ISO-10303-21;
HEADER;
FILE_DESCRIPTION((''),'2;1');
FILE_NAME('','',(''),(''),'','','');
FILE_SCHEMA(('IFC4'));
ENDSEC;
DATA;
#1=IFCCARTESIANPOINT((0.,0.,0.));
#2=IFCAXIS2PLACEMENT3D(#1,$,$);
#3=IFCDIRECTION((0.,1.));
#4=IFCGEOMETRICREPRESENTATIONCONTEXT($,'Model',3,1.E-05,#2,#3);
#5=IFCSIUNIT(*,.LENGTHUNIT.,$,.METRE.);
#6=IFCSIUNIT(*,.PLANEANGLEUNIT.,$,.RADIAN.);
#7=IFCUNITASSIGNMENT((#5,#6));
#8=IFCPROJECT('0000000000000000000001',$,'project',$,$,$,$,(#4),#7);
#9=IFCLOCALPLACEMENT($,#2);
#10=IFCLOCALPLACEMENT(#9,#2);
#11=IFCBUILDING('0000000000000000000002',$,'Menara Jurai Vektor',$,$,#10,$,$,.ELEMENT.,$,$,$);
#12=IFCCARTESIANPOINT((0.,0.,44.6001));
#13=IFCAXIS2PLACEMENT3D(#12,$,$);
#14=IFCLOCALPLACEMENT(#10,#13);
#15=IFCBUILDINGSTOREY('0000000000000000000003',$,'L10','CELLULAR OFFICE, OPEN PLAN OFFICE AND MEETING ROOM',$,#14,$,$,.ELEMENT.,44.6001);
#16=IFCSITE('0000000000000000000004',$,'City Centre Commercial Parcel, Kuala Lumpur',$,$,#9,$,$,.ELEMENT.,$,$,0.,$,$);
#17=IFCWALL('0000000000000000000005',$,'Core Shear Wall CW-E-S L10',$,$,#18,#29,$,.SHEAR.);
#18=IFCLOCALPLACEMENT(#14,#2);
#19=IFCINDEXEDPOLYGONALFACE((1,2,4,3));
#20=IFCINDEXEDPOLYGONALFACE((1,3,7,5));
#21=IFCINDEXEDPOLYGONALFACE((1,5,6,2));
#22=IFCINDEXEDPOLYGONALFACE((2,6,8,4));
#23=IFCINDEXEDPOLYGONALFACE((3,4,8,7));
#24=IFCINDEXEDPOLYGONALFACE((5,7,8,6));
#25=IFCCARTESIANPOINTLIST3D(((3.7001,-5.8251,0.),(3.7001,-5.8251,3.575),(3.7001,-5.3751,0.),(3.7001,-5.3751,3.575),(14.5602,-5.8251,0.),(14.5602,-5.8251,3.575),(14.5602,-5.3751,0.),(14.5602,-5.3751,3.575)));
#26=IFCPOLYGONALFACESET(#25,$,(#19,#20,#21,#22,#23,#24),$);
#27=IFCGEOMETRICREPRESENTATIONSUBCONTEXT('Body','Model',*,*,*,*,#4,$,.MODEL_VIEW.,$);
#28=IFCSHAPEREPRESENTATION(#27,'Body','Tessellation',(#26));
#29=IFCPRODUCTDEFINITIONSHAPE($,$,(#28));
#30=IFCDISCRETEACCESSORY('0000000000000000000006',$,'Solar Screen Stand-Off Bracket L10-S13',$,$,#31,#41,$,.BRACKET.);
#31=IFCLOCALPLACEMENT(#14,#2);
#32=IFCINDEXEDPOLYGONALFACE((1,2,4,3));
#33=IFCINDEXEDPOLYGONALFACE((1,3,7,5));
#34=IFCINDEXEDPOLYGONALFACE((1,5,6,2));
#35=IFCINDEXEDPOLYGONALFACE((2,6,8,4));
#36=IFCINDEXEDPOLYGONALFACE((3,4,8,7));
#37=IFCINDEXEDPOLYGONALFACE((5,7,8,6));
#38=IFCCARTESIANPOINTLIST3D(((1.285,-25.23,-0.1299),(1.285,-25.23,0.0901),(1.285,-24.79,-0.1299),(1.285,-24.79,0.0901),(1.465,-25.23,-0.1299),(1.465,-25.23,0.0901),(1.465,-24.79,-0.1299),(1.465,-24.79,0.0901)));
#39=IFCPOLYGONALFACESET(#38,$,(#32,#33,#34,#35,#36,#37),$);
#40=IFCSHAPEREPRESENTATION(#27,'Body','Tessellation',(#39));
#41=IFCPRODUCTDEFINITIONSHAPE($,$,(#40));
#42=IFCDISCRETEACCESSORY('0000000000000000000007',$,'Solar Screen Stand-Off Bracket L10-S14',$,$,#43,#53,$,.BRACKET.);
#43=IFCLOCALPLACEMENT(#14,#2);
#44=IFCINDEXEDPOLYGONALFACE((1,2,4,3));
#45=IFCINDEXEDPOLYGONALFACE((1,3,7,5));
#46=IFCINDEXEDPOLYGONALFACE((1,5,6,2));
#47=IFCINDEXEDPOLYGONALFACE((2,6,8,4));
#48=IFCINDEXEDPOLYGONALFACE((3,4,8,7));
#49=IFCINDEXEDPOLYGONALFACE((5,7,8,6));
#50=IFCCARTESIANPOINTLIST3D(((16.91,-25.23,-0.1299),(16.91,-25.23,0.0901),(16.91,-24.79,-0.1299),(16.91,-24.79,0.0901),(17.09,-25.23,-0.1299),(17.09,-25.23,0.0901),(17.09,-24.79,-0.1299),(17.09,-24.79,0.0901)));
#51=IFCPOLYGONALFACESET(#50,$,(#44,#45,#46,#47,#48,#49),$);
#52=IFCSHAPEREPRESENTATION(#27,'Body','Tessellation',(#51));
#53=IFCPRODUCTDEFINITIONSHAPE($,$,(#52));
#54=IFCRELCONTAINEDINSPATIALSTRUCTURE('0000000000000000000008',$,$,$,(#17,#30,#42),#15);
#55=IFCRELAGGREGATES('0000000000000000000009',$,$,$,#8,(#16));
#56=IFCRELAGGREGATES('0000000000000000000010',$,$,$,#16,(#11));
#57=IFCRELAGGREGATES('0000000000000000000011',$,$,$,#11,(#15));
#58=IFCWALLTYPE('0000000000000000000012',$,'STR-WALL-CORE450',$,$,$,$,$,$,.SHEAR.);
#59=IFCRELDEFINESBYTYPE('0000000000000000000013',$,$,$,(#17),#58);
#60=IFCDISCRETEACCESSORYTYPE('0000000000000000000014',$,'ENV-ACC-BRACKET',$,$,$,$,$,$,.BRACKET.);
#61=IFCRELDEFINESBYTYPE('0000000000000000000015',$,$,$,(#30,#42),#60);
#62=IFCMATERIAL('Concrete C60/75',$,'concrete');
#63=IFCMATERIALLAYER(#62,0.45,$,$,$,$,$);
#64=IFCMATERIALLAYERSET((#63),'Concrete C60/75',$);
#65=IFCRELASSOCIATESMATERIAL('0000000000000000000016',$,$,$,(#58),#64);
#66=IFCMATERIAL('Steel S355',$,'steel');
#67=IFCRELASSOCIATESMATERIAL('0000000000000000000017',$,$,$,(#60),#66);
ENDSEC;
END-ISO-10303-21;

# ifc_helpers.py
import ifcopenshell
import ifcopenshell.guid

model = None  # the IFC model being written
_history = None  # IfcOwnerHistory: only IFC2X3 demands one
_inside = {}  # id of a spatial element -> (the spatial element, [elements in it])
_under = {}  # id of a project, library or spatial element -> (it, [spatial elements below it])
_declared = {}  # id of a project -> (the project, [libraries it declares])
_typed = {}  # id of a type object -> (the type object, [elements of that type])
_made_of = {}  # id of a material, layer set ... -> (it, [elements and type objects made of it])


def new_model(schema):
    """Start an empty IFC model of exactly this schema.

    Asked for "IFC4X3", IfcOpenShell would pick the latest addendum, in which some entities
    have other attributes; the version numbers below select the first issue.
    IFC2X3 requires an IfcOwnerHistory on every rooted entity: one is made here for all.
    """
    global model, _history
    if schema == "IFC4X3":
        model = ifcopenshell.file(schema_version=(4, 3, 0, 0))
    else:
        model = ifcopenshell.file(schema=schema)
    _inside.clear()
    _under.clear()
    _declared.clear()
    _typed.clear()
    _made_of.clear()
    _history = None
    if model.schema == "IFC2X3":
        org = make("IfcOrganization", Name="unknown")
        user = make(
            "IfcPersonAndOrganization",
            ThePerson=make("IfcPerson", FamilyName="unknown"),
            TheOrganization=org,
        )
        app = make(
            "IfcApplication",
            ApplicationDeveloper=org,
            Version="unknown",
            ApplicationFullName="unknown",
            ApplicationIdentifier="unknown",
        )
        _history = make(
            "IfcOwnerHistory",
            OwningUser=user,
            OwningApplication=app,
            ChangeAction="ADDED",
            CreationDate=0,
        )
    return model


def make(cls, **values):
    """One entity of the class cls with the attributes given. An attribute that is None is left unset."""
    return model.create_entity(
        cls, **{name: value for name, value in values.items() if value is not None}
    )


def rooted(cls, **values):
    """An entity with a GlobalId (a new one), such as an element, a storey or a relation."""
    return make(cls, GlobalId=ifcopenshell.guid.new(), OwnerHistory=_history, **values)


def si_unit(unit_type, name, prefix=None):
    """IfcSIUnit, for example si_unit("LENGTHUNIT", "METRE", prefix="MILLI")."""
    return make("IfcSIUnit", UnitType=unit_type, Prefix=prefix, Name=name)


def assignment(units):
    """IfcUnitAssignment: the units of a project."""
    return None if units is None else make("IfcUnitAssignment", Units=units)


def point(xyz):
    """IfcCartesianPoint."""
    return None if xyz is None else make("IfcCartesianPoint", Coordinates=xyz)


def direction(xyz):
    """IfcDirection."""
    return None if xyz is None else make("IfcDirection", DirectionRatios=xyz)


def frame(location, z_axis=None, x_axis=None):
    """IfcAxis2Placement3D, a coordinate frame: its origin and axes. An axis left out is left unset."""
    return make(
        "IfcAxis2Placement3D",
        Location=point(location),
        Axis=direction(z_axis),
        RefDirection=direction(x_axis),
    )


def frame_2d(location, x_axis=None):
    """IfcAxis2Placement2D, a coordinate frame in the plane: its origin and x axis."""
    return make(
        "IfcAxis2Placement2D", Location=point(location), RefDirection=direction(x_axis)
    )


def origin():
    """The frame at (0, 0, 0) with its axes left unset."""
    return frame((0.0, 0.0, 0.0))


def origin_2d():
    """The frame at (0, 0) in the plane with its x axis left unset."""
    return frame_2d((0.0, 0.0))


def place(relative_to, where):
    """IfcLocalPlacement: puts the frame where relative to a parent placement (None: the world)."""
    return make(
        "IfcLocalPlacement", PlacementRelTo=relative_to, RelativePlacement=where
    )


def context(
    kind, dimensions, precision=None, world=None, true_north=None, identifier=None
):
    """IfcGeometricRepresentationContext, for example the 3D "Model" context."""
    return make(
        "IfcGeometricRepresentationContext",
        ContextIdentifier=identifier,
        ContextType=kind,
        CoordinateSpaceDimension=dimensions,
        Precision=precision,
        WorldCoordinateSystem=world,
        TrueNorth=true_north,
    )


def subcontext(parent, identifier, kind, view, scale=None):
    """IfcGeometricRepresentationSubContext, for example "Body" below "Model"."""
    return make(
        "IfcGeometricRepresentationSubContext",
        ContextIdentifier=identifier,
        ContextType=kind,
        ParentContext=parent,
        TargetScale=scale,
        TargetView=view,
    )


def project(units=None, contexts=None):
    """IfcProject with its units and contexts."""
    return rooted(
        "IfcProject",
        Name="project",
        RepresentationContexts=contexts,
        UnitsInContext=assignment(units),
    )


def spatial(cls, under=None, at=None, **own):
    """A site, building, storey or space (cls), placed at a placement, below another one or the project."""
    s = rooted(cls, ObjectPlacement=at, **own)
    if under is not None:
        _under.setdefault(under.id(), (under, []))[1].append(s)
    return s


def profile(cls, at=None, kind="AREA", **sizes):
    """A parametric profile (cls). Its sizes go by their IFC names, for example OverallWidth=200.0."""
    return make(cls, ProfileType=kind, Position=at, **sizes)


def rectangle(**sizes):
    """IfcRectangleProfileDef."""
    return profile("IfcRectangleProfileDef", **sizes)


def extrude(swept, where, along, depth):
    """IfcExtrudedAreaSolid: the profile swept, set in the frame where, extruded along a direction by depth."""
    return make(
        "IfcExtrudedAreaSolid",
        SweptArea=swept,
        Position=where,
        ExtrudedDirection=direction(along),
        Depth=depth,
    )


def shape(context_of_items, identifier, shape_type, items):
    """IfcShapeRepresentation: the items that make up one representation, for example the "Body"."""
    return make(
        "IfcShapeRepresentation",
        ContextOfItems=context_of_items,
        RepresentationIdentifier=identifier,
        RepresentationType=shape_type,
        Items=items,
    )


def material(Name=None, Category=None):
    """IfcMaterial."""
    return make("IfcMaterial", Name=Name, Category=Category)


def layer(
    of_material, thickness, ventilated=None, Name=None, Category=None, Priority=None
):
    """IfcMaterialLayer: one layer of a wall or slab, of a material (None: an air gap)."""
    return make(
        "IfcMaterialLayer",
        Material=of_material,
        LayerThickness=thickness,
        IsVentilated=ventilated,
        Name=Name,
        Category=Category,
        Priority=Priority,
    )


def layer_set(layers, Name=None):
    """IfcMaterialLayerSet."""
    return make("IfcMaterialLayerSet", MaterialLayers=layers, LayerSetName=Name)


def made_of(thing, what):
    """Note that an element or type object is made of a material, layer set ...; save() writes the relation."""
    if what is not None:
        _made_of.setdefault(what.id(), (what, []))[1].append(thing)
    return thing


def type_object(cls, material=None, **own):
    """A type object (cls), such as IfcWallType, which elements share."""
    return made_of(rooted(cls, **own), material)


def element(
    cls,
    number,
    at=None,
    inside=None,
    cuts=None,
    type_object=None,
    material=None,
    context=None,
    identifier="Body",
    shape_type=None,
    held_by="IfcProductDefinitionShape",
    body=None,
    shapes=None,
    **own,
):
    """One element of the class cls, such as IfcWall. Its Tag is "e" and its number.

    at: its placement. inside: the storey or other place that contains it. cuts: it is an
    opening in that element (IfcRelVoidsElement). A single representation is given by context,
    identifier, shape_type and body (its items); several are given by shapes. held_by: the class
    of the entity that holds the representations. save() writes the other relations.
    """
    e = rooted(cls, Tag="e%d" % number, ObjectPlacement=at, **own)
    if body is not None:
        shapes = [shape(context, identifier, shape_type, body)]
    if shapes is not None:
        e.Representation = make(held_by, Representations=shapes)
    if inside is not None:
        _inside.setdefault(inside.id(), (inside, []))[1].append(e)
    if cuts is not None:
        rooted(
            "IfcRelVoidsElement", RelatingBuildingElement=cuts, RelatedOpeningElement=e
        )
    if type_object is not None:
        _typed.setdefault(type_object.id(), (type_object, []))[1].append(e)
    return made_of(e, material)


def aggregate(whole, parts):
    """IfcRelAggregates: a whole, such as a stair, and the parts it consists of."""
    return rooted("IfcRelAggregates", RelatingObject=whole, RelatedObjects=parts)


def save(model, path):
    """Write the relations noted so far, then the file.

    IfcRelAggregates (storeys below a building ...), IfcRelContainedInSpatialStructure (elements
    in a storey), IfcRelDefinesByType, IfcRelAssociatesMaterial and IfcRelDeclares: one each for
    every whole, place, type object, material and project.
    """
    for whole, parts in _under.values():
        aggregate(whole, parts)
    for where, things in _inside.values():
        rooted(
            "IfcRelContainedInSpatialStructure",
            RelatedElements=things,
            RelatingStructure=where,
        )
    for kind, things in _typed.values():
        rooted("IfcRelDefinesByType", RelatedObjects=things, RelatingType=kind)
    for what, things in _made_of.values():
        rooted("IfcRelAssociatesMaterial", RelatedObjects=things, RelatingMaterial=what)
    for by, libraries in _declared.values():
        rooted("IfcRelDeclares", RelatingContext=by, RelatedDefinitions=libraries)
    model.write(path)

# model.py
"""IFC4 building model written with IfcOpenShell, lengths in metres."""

from ifc_helpers import new_model, si_unit, direction, frame, frame_2d, origin, origin_2d, place, context, subcontext, project, spatial, rectangle, extrude, material, layer, layer_set, type_object, element, save


model = new_model("IFC4")

# Units and contexts
model_context = context("Model", 3, precision=1e-05, world=origin(), true_north=direction((0.0, 1.0)))
body_context = subcontext(model_context, "Body", "Model", "MODEL_VIEW")
ifc_project = project(units=[si_unit("LENGTHUNIT", "METRE"), si_unit("PLANEANGLEUNIT", "RADIAN")], contexts=[model_context])

# Site, building, storey
site_placement = place(None, origin())
site = spatial("IfcSite", under=ifc_project, at=site_placement, Name="City Centre Commercial Parcel, Kuala Lumpur", CompositionType="ELEMENT", RefElevation=0.0)
building_placement = place(site_placement, origin())
building = spatial("IfcBuilding", under=site, at=building_placement, Name="Menara Jurai Vektor", CompositionType="ELEMENT")
storey_placement = place(building_placement, frame((0.0, 0.0, 44.6001)))
storey = spatial("IfcBuildingStorey", under=building, at=storey_placement, Name="L10", Description="CELLULAR OFFICE, OPEN PLAN OFFICE AND MEETING ROOM", CompositionType="ELEMENT", Elevation=44.6001)

# Shared definitions
ifc_material_1 = material(Name="Concrete C60/75", Category="concrete")

# Shared definitions
ifc_material_2 = material(Name="Steel S355", Category="steel")

# Wall
ifc_layer_1 = layer(ifc_material_1, 0.45)
ifc_layer_set_1 = layer_set([ifc_layer_1], Name="Concrete C60/75")
wall_type_1 = type_object("IfcWallType", Name="STR-WALL-CORE450", PredefinedType="SHEAR", material=ifc_layer_set_1)
wall_1_placement = place(storey_placement, frame((3.7, -5.6001, 0.0), z_axis=(0.0, 0.0, 1.0), x_axis=(1.0, 0.0, 0.0)))
element("IfcWall", 1, at=wall_1_placement, inside=storey, type_object=wall_type_1, Name="Core Shear Wall CW-E-S L10", PredefinedType="SHEAR", context=body_context, shape_type="SweptSolid", body=[
    extrude(rectangle(XDim=10.8601, YDim=0.45, at=frame_2d((5.4302, 0.0))), origin(), (0.0, 0.0, 1.0), 3.575),
])

# Discrete accessories
discrete_accessory_type = type_object("IfcDiscreteAccessoryType", Name="ENV-ACC-BRACKET", PredefinedType="BRACKET", material=ifc_material_2)
for number, where, z_axis, x_axis, name in (
    (2, (1.375, -25.01, -0.1299), (0.0, 0.0, 1.0), (1.0, 0.0, 0.0), "Solar Screen Stand-Off Bracket L10-S13"),
    (3, (17.0, -25.01, -0.1299), (0.0, 0.0, 1.0), (1.0, 0.0, 0.0), "Solar Screen Stand-Off Bracket L10-S14"),
):
    element("IfcDiscreteAccessory", number, at=place(storey_placement, frame(where, z_axis=z_axis, x_axis=x_axis)), inside=storey, type_object=discrete_accessory_type, Name=name, PredefinedType="BRACKET", context=body_context, shape_type="SweptSolid", body=[
        extrude(rectangle(XDim=0.1799, YDim=0.4399, at=origin_2d()), origin(), (0.0, 0.0, 1.0), 0.22),
    ])

save(model, "model.ifc")
